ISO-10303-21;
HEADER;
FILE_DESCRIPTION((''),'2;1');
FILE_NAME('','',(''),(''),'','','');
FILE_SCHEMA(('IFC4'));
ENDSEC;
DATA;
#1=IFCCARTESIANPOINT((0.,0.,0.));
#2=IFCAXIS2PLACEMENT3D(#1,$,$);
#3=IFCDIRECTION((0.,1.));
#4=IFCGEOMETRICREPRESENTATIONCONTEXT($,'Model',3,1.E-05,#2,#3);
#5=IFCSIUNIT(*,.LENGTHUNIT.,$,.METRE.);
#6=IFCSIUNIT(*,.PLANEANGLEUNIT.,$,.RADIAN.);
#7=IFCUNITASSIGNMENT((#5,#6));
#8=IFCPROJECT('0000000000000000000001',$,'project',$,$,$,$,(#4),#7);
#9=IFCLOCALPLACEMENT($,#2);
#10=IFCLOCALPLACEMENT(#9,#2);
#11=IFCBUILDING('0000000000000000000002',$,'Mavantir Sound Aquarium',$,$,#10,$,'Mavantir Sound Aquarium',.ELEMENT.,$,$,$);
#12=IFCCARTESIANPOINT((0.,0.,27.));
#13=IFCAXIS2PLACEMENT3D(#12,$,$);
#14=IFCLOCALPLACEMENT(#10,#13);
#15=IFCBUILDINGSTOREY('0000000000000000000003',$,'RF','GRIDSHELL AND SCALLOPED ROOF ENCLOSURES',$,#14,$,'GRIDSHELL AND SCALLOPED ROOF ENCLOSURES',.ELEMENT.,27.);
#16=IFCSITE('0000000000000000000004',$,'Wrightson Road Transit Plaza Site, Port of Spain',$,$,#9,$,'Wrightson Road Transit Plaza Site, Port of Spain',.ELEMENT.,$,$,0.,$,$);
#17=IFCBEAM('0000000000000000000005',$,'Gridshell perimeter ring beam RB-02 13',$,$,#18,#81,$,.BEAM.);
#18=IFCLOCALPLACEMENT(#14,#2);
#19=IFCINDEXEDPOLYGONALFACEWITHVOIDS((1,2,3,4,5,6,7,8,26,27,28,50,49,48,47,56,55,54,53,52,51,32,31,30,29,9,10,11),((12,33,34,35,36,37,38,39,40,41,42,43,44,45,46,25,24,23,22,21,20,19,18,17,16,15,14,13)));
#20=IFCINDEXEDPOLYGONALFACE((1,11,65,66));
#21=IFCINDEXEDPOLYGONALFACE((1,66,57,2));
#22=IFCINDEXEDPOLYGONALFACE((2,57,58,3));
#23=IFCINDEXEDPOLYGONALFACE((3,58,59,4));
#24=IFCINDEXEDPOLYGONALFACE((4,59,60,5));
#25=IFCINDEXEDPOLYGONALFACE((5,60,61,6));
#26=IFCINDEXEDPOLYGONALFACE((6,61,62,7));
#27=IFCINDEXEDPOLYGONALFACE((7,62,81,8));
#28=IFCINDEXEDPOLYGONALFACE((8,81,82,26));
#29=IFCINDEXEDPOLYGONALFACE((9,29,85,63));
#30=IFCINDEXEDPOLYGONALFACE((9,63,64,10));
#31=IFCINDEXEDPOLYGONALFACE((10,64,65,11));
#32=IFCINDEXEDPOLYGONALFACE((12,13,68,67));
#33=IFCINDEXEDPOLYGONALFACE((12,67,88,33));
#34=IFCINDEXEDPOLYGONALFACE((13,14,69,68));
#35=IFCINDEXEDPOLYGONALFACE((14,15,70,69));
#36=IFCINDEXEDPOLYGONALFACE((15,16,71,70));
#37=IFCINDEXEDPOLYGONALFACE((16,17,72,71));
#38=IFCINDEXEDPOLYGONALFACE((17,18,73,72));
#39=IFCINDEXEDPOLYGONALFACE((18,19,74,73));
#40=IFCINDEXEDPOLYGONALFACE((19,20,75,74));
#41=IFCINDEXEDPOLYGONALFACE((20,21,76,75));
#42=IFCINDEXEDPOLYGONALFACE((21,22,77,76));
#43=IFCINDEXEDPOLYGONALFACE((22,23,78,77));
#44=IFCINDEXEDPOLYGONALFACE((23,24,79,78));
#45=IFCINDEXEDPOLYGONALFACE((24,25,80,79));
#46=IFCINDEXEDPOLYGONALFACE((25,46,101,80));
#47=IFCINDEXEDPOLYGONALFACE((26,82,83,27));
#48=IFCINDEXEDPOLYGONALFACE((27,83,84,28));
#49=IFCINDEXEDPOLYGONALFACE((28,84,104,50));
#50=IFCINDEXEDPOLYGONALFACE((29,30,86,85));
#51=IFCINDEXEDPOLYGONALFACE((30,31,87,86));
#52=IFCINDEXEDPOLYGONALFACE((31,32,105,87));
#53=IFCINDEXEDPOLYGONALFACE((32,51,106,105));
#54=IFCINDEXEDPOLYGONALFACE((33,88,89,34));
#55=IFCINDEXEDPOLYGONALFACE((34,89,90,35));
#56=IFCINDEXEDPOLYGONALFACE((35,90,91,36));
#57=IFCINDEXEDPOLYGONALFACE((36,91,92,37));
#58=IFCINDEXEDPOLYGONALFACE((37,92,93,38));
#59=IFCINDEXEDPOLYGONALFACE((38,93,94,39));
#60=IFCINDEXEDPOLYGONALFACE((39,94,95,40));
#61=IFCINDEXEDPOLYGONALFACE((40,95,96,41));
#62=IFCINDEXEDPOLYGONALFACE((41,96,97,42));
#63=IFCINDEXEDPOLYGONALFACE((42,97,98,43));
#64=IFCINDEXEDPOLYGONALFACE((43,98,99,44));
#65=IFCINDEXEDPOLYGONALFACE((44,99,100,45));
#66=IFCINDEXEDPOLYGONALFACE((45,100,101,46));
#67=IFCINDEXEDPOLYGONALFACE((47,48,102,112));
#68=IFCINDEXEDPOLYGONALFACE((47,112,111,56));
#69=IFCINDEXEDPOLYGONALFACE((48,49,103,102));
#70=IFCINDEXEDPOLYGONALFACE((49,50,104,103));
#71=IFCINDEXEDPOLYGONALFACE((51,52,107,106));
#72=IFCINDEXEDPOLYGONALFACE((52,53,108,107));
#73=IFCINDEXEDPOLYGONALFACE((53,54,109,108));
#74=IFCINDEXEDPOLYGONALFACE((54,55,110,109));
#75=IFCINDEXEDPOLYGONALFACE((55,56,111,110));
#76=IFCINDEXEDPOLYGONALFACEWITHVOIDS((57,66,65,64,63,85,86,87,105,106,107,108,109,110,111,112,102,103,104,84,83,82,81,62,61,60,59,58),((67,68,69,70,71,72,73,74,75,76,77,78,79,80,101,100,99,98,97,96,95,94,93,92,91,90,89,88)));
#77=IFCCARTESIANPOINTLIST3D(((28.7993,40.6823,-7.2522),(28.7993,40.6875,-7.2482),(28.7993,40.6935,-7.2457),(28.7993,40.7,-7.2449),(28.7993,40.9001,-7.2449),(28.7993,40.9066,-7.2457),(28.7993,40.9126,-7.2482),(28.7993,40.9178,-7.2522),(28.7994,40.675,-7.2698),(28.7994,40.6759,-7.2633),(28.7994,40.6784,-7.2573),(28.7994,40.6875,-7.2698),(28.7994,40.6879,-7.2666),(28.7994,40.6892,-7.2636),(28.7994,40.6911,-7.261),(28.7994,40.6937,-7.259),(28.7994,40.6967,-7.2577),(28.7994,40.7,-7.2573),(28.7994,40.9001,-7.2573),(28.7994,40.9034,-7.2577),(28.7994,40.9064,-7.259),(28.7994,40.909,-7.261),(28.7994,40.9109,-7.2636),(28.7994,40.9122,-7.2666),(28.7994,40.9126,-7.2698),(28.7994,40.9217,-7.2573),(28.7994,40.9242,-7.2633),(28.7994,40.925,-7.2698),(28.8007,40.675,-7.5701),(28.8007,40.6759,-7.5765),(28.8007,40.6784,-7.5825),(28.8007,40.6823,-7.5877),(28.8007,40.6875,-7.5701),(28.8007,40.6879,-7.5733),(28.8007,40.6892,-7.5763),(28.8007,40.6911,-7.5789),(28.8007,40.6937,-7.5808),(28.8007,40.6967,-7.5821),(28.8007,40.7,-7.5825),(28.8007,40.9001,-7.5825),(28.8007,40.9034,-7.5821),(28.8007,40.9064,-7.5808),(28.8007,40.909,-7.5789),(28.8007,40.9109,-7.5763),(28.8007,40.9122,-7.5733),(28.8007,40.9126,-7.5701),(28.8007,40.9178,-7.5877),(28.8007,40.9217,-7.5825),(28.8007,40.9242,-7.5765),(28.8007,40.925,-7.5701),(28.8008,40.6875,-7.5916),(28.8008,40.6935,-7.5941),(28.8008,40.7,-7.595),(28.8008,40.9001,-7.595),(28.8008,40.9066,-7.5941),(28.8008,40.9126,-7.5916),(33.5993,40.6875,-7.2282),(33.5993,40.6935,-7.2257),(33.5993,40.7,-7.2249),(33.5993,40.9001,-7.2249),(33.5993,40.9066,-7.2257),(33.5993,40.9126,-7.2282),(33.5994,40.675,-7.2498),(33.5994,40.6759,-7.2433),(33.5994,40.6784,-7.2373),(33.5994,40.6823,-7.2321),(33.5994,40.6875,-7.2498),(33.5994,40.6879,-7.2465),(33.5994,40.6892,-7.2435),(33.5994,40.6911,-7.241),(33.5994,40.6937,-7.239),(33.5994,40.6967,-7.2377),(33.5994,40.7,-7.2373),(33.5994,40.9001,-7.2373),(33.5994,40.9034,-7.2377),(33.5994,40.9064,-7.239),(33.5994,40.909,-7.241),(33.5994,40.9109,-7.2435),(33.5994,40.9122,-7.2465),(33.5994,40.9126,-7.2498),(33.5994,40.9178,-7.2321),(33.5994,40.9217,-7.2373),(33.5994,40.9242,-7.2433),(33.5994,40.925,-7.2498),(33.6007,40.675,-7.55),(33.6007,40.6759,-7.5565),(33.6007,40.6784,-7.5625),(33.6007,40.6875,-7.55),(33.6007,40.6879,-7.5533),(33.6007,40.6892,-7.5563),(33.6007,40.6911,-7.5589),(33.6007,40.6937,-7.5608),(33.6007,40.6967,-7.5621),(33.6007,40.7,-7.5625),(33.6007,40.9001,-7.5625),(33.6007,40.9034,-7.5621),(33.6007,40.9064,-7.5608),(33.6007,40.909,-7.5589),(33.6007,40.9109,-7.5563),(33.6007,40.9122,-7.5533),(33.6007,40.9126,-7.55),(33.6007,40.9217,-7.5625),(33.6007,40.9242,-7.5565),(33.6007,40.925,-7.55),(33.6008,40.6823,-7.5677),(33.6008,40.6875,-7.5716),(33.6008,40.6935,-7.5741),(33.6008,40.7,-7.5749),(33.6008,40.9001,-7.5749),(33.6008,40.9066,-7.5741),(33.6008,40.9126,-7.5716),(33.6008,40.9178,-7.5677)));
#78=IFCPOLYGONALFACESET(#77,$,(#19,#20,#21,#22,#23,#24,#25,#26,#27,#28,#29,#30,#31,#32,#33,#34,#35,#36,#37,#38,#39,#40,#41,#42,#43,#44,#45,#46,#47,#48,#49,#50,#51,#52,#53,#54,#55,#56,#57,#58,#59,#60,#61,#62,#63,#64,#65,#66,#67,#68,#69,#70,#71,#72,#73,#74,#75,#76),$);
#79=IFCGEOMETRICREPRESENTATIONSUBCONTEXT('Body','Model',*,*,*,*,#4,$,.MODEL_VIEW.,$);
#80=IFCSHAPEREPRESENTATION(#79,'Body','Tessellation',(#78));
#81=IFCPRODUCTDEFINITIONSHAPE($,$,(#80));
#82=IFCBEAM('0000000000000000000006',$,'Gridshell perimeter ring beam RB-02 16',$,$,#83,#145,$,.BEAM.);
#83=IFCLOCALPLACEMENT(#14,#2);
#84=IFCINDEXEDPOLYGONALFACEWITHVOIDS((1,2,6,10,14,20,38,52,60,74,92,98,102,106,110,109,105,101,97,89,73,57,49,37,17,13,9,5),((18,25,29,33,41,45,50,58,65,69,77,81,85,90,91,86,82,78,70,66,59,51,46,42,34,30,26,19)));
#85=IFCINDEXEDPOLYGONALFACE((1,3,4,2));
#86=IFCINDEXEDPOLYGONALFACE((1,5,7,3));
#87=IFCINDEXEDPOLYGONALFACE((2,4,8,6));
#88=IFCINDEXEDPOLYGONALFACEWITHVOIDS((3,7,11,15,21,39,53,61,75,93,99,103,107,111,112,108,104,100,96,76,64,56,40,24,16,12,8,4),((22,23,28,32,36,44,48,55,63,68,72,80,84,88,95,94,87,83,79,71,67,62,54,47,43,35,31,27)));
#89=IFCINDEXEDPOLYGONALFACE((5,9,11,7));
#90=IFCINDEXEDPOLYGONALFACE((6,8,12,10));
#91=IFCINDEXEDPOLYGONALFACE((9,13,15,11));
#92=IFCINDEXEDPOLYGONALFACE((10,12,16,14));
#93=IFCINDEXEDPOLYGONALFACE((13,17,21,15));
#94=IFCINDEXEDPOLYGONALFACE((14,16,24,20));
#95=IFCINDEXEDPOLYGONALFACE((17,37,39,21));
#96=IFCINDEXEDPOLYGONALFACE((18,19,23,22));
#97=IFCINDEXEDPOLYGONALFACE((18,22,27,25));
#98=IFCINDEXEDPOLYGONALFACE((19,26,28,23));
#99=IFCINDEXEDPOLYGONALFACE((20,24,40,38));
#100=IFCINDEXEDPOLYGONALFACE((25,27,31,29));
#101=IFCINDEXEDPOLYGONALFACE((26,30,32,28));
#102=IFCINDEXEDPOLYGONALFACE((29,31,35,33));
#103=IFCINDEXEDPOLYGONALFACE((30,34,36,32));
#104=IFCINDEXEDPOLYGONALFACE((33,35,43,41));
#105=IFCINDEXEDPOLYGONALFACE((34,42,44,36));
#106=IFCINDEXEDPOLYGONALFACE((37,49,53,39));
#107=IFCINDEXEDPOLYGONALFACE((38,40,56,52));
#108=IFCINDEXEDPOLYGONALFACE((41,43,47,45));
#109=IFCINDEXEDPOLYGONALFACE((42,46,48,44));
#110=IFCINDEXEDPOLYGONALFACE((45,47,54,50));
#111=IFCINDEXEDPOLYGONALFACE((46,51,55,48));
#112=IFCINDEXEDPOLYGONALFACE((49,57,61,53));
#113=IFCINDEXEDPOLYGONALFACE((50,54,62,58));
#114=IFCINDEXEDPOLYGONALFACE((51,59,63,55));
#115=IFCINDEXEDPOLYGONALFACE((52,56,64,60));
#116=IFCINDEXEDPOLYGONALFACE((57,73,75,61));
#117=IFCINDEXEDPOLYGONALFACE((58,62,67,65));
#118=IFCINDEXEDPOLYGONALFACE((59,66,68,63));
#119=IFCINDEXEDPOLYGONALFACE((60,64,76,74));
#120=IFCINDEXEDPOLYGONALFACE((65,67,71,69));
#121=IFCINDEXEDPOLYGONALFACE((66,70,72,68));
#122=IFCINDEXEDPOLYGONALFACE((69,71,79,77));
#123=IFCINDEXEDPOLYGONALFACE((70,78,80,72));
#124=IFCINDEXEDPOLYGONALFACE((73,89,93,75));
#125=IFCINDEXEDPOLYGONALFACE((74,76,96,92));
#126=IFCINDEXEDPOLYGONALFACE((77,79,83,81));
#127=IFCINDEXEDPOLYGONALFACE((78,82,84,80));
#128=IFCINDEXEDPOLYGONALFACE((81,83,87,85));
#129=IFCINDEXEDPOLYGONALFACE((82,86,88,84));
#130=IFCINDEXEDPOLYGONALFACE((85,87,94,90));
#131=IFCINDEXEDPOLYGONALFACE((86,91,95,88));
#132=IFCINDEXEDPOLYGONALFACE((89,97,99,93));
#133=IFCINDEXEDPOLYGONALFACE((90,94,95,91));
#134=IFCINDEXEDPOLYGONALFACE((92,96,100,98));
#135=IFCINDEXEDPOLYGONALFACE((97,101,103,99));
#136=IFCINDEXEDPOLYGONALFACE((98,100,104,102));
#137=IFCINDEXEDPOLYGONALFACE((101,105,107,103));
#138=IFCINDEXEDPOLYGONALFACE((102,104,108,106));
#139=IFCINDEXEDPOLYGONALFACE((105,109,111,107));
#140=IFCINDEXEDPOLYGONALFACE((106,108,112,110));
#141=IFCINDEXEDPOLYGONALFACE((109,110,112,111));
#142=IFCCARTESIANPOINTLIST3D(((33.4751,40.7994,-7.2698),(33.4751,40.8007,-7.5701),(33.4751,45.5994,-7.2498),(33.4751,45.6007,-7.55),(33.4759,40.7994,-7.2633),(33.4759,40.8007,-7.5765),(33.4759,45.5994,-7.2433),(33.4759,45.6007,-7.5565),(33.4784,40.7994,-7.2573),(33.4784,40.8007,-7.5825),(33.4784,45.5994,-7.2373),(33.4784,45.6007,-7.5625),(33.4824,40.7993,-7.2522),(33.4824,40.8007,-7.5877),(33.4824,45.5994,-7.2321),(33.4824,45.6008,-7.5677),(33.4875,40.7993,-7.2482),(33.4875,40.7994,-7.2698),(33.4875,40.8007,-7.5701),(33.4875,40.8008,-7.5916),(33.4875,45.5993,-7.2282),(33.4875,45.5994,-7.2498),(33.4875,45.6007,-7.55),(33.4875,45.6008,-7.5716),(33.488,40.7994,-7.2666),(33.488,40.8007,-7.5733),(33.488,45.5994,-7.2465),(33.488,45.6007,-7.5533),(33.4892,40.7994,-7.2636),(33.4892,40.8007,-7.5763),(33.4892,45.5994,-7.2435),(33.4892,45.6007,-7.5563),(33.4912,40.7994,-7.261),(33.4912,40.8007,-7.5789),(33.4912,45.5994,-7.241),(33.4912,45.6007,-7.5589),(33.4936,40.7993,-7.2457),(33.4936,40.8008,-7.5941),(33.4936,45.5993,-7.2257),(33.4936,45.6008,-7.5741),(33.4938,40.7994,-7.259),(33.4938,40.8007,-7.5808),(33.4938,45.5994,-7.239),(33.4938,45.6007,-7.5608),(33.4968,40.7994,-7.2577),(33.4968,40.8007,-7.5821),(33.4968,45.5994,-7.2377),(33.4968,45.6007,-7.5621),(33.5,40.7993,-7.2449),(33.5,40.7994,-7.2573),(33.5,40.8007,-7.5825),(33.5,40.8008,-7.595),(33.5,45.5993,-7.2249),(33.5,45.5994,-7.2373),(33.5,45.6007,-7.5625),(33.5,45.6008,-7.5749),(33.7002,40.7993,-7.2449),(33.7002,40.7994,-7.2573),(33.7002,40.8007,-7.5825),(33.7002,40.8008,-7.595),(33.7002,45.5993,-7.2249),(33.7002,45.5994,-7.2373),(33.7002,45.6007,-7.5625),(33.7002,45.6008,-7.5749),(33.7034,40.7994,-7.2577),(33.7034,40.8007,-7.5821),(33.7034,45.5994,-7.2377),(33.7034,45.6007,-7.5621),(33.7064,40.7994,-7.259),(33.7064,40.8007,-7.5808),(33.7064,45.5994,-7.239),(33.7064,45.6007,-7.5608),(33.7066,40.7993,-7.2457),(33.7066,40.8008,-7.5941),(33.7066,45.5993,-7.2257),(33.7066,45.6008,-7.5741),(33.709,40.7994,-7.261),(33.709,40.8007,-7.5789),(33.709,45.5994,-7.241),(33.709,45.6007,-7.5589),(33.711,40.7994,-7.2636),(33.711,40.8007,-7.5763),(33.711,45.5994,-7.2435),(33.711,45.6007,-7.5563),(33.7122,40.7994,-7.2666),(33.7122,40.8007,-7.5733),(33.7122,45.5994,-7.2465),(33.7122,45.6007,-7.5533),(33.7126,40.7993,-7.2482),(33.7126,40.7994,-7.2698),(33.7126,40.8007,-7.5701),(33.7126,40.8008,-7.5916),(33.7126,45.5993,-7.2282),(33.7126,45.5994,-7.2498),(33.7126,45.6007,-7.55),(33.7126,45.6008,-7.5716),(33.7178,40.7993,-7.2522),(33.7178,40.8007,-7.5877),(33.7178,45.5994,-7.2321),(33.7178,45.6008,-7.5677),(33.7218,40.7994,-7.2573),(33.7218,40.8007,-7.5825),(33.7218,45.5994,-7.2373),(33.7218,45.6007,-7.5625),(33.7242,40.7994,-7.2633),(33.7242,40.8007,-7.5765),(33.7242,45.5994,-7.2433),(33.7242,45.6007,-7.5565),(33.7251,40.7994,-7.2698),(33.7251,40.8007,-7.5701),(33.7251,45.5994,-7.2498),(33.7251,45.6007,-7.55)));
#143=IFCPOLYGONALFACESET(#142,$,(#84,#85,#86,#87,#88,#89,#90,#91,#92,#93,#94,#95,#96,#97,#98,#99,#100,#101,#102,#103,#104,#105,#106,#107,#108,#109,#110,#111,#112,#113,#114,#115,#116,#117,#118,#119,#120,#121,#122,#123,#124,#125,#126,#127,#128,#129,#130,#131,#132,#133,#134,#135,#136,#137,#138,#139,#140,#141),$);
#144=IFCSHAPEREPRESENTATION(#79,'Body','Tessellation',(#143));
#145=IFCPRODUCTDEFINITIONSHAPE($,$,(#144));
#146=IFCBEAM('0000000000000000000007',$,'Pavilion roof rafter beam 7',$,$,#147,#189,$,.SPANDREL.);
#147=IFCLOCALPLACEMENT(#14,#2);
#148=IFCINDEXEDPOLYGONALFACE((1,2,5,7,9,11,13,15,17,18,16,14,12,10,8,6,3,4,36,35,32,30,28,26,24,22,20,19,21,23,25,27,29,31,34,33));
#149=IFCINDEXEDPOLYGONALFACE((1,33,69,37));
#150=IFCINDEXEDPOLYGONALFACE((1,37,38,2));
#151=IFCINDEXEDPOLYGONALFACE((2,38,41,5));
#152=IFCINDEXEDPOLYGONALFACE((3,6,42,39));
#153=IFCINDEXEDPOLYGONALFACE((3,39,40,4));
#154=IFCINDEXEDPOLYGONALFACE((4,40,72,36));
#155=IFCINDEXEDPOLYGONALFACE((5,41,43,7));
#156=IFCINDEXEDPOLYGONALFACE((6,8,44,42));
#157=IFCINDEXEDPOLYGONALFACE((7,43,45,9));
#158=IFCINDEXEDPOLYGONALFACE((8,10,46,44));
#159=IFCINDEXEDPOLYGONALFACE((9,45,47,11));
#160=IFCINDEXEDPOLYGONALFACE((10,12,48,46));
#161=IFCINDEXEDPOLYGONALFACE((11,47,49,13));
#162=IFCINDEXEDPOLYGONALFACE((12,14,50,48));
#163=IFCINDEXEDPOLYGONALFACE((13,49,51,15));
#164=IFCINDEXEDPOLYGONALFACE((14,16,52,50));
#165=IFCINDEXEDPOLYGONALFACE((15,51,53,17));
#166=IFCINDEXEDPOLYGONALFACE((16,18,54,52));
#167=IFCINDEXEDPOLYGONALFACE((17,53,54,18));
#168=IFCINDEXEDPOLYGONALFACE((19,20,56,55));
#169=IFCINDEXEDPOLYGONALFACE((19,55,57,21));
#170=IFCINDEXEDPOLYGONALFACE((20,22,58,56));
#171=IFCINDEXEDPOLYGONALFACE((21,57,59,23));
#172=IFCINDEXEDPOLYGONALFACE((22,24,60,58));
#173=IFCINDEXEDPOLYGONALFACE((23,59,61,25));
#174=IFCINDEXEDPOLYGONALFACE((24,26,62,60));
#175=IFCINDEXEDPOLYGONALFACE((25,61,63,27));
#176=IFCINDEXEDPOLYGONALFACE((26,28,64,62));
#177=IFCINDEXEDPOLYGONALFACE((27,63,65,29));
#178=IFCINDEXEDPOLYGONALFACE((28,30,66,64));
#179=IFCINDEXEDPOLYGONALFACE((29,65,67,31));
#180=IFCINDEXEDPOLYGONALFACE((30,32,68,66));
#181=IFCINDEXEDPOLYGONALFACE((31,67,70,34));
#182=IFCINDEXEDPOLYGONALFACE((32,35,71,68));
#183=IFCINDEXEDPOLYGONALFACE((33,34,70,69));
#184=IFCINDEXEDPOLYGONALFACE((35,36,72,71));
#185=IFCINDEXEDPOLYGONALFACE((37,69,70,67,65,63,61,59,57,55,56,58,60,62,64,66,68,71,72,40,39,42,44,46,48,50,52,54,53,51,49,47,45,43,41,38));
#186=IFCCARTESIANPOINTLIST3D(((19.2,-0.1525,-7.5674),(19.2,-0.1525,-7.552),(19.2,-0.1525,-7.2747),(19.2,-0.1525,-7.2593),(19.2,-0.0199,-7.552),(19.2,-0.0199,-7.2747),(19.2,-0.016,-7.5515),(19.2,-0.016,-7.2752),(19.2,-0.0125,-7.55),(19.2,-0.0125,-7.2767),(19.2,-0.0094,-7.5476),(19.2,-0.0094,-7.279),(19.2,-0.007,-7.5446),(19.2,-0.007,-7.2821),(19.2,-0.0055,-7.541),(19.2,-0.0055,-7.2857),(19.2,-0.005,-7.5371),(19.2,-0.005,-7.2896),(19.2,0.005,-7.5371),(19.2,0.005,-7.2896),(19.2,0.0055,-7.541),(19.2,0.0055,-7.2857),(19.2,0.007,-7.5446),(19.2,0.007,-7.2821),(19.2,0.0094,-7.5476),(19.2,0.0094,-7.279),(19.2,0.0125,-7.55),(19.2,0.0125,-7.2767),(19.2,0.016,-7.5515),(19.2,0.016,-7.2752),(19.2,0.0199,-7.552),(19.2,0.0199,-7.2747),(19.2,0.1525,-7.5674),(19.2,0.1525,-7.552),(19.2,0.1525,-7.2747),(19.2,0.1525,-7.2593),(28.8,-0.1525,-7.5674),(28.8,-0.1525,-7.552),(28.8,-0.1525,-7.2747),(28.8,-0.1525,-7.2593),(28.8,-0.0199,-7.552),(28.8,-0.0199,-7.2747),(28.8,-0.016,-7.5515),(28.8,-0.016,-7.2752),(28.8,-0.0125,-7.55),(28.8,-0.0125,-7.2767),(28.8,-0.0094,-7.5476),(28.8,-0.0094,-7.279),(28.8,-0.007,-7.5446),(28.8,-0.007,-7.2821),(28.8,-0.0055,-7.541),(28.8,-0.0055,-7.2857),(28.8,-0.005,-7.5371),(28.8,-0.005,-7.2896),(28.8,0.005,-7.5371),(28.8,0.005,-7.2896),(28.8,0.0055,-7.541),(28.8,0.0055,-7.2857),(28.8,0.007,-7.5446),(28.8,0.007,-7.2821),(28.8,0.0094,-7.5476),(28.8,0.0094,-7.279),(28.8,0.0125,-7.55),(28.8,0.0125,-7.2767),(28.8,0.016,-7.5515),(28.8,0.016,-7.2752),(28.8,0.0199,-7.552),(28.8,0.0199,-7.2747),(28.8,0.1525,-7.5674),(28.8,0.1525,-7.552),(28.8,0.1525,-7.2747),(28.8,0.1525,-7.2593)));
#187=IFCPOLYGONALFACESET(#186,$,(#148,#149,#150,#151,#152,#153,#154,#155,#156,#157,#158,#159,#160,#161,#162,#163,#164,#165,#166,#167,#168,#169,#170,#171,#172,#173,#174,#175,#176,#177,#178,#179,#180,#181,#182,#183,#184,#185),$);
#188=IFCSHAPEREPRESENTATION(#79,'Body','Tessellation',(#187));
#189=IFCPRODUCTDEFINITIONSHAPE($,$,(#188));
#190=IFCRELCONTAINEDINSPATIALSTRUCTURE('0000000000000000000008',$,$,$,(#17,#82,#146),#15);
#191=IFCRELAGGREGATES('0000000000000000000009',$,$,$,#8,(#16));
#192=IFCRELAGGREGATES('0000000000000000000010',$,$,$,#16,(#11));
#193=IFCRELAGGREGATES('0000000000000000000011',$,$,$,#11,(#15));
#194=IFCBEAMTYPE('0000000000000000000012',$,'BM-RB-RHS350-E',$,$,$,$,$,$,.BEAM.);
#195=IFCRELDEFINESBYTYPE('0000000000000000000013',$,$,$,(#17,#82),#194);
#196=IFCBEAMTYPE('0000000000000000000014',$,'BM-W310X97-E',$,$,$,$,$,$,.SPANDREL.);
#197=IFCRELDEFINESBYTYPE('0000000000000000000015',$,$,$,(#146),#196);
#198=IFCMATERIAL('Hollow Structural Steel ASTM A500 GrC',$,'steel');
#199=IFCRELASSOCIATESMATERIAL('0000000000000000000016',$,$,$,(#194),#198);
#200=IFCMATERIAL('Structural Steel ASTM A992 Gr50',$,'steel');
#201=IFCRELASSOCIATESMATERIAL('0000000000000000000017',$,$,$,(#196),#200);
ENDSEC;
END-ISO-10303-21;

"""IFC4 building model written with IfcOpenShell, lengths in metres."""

from ifc_helpers import new_model, si_unit, direction, frame, origin, origin_2d, place, context, subcontext, project, spatial, hollow_rectangle, i_section, extrude, material, material_profile, profile_set, type_object, element, save


model = new_model("IFC4")

# Units and contexts
model_context = context("Model", 3, precision=1e-05, world=origin(), true_north=direction((0.0, 1.0)))
body_context = subcontext(model_context, "Body", "Model", "MODEL_VIEW")
ifc_project = project(units=[si_unit("LENGTHUNIT", "METRE"), si_unit("PLANEANGLEUNIT", "RADIAN")], contexts=[model_context])

# Site, building, storey
site_placement = place(None, origin())
site = spatial("IfcSite", under=ifc_project, at=site_placement, Name="Wrightson Road Transit Plaza Site, Port of Spain", LongName="Wrightson Road Transit Plaza Site, Port of Spain", CompositionType="ELEMENT", RefElevation=0.0)
building_placement = place(site_placement, origin())
building = spatial("IfcBuilding", under=site, at=building_placement, Name="Mavantir Sound Aquarium", LongName="Mavantir Sound Aquarium", CompositionType="ELEMENT")
storey_placement = place(building_placement, frame((0.0, 0.0, 27.0)))
storey = spatial("IfcBuildingStorey", under=building, at=storey_placement, Name="RF", Description="GRIDSHELL AND SCALLOPED ROOF ENCLOSURES", LongName="GRIDSHELL AND SCALLOPED ROOF ENCLOSURES", CompositionType="ELEMENT", Elevation=27.0)

# Beams
ifc_material_1 = material(Name="Hollow Structural Steel ASTM A500 GrC", Category="steel")
ifc_material_profile_1 = material_profile(ifc_material_1, hollow_rectangle(XDim=0.25, YDim=0.3501, WallThickness=0.0125, InnerFilletRadius=0.0125, OuterFilletRadius=0.0249, at=origin_2d()), Name="RHS 350X250X12.5")
ifc_profile_set_1 = profile_set([ifc_material_profile_1], Name="Hollow Structural Steel ASTM A500 GrC")
beam_type_1 = type_object("IfcBeamType", Name="BM-RB-RHS350-E", PredefinedType="BEAM", material=ifc_profile_set_1)
for number, where, z_axis, x_axis, name in (
    (1, (28.8, 40.8, -7.4199), (0.999991, 0.0, 0.004171), (0.0, 1.0, 0.0), "Gridshell perimeter ring beam RB-02 13"),
    (2, (33.6001, 40.8, -7.4199), (0.0, 0.999991, 0.004171), (-1.0, 0.0, 0.0), "Gridshell perimeter ring beam RB-02 16"),
):
    element("IfcBeam", number, at=place(storey_placement, frame(where, z_axis=z_axis, x_axis=x_axis)), inside=storey, type_object=beam_type_1, Name=name, PredefinedType="BEAM", context=body_context, shape_type="SweptSolid", body=[
        extrude(hollow_rectangle(XDim=0.25, YDim=0.3501, WallThickness=0.0125, InnerFilletRadius=0.0125, OuterFilletRadius=0.0249, at=origin_2d()), origin(), (0.0, 0.0, 1.0), 4.8),
    ])
ifc_material_2 = material(Name="Structural Steel ASTM A992 Gr50", Category="steel")
ifc_material_profile_2 = material_profile(ifc_material_2, i_section(OverallWidth=0.3049, OverallDepth=0.3081, WebThickness=0.01, FlangeThickness=0.0154, FilletRadius=0.0149, at=origin_2d()), Name="W310X97")
ifc_profile_set_2 = profile_set([ifc_material_profile_2], Name="Structural Steel ASTM A992 Gr50")
beam_type_2 = type_object("IfcBeamType", Name="BM-W310X97-E", PredefinedType="SPANDREL", material=ifc_profile_set_2)
for number, where, z_axis, x_axis, name in (
    (3, (19.2, 0.0, -7.4133), (1.0, 0.0, 0.0), (0.0, 1.0, 0.0), "Pavilion roof rafter beam 7"),
):
    element("IfcBeam", number, at=place(storey_placement, frame(where, z_axis=z_axis, x_axis=x_axis)), inside=storey, type_object=beam_type_2, Name=name, PredefinedType="SPANDREL", context=body_context, shape_type="SweptSolid", body=[
        extrude(i_section(OverallWidth=0.3049, OverallDepth=0.3081, WebThickness=0.01, FlangeThickness=0.0154, FilletRadius=0.0149, at=origin_2d()), origin(), (0.0, 0.0, 1.0), 9.6001),
    ])

save(model, "model.ifc")
